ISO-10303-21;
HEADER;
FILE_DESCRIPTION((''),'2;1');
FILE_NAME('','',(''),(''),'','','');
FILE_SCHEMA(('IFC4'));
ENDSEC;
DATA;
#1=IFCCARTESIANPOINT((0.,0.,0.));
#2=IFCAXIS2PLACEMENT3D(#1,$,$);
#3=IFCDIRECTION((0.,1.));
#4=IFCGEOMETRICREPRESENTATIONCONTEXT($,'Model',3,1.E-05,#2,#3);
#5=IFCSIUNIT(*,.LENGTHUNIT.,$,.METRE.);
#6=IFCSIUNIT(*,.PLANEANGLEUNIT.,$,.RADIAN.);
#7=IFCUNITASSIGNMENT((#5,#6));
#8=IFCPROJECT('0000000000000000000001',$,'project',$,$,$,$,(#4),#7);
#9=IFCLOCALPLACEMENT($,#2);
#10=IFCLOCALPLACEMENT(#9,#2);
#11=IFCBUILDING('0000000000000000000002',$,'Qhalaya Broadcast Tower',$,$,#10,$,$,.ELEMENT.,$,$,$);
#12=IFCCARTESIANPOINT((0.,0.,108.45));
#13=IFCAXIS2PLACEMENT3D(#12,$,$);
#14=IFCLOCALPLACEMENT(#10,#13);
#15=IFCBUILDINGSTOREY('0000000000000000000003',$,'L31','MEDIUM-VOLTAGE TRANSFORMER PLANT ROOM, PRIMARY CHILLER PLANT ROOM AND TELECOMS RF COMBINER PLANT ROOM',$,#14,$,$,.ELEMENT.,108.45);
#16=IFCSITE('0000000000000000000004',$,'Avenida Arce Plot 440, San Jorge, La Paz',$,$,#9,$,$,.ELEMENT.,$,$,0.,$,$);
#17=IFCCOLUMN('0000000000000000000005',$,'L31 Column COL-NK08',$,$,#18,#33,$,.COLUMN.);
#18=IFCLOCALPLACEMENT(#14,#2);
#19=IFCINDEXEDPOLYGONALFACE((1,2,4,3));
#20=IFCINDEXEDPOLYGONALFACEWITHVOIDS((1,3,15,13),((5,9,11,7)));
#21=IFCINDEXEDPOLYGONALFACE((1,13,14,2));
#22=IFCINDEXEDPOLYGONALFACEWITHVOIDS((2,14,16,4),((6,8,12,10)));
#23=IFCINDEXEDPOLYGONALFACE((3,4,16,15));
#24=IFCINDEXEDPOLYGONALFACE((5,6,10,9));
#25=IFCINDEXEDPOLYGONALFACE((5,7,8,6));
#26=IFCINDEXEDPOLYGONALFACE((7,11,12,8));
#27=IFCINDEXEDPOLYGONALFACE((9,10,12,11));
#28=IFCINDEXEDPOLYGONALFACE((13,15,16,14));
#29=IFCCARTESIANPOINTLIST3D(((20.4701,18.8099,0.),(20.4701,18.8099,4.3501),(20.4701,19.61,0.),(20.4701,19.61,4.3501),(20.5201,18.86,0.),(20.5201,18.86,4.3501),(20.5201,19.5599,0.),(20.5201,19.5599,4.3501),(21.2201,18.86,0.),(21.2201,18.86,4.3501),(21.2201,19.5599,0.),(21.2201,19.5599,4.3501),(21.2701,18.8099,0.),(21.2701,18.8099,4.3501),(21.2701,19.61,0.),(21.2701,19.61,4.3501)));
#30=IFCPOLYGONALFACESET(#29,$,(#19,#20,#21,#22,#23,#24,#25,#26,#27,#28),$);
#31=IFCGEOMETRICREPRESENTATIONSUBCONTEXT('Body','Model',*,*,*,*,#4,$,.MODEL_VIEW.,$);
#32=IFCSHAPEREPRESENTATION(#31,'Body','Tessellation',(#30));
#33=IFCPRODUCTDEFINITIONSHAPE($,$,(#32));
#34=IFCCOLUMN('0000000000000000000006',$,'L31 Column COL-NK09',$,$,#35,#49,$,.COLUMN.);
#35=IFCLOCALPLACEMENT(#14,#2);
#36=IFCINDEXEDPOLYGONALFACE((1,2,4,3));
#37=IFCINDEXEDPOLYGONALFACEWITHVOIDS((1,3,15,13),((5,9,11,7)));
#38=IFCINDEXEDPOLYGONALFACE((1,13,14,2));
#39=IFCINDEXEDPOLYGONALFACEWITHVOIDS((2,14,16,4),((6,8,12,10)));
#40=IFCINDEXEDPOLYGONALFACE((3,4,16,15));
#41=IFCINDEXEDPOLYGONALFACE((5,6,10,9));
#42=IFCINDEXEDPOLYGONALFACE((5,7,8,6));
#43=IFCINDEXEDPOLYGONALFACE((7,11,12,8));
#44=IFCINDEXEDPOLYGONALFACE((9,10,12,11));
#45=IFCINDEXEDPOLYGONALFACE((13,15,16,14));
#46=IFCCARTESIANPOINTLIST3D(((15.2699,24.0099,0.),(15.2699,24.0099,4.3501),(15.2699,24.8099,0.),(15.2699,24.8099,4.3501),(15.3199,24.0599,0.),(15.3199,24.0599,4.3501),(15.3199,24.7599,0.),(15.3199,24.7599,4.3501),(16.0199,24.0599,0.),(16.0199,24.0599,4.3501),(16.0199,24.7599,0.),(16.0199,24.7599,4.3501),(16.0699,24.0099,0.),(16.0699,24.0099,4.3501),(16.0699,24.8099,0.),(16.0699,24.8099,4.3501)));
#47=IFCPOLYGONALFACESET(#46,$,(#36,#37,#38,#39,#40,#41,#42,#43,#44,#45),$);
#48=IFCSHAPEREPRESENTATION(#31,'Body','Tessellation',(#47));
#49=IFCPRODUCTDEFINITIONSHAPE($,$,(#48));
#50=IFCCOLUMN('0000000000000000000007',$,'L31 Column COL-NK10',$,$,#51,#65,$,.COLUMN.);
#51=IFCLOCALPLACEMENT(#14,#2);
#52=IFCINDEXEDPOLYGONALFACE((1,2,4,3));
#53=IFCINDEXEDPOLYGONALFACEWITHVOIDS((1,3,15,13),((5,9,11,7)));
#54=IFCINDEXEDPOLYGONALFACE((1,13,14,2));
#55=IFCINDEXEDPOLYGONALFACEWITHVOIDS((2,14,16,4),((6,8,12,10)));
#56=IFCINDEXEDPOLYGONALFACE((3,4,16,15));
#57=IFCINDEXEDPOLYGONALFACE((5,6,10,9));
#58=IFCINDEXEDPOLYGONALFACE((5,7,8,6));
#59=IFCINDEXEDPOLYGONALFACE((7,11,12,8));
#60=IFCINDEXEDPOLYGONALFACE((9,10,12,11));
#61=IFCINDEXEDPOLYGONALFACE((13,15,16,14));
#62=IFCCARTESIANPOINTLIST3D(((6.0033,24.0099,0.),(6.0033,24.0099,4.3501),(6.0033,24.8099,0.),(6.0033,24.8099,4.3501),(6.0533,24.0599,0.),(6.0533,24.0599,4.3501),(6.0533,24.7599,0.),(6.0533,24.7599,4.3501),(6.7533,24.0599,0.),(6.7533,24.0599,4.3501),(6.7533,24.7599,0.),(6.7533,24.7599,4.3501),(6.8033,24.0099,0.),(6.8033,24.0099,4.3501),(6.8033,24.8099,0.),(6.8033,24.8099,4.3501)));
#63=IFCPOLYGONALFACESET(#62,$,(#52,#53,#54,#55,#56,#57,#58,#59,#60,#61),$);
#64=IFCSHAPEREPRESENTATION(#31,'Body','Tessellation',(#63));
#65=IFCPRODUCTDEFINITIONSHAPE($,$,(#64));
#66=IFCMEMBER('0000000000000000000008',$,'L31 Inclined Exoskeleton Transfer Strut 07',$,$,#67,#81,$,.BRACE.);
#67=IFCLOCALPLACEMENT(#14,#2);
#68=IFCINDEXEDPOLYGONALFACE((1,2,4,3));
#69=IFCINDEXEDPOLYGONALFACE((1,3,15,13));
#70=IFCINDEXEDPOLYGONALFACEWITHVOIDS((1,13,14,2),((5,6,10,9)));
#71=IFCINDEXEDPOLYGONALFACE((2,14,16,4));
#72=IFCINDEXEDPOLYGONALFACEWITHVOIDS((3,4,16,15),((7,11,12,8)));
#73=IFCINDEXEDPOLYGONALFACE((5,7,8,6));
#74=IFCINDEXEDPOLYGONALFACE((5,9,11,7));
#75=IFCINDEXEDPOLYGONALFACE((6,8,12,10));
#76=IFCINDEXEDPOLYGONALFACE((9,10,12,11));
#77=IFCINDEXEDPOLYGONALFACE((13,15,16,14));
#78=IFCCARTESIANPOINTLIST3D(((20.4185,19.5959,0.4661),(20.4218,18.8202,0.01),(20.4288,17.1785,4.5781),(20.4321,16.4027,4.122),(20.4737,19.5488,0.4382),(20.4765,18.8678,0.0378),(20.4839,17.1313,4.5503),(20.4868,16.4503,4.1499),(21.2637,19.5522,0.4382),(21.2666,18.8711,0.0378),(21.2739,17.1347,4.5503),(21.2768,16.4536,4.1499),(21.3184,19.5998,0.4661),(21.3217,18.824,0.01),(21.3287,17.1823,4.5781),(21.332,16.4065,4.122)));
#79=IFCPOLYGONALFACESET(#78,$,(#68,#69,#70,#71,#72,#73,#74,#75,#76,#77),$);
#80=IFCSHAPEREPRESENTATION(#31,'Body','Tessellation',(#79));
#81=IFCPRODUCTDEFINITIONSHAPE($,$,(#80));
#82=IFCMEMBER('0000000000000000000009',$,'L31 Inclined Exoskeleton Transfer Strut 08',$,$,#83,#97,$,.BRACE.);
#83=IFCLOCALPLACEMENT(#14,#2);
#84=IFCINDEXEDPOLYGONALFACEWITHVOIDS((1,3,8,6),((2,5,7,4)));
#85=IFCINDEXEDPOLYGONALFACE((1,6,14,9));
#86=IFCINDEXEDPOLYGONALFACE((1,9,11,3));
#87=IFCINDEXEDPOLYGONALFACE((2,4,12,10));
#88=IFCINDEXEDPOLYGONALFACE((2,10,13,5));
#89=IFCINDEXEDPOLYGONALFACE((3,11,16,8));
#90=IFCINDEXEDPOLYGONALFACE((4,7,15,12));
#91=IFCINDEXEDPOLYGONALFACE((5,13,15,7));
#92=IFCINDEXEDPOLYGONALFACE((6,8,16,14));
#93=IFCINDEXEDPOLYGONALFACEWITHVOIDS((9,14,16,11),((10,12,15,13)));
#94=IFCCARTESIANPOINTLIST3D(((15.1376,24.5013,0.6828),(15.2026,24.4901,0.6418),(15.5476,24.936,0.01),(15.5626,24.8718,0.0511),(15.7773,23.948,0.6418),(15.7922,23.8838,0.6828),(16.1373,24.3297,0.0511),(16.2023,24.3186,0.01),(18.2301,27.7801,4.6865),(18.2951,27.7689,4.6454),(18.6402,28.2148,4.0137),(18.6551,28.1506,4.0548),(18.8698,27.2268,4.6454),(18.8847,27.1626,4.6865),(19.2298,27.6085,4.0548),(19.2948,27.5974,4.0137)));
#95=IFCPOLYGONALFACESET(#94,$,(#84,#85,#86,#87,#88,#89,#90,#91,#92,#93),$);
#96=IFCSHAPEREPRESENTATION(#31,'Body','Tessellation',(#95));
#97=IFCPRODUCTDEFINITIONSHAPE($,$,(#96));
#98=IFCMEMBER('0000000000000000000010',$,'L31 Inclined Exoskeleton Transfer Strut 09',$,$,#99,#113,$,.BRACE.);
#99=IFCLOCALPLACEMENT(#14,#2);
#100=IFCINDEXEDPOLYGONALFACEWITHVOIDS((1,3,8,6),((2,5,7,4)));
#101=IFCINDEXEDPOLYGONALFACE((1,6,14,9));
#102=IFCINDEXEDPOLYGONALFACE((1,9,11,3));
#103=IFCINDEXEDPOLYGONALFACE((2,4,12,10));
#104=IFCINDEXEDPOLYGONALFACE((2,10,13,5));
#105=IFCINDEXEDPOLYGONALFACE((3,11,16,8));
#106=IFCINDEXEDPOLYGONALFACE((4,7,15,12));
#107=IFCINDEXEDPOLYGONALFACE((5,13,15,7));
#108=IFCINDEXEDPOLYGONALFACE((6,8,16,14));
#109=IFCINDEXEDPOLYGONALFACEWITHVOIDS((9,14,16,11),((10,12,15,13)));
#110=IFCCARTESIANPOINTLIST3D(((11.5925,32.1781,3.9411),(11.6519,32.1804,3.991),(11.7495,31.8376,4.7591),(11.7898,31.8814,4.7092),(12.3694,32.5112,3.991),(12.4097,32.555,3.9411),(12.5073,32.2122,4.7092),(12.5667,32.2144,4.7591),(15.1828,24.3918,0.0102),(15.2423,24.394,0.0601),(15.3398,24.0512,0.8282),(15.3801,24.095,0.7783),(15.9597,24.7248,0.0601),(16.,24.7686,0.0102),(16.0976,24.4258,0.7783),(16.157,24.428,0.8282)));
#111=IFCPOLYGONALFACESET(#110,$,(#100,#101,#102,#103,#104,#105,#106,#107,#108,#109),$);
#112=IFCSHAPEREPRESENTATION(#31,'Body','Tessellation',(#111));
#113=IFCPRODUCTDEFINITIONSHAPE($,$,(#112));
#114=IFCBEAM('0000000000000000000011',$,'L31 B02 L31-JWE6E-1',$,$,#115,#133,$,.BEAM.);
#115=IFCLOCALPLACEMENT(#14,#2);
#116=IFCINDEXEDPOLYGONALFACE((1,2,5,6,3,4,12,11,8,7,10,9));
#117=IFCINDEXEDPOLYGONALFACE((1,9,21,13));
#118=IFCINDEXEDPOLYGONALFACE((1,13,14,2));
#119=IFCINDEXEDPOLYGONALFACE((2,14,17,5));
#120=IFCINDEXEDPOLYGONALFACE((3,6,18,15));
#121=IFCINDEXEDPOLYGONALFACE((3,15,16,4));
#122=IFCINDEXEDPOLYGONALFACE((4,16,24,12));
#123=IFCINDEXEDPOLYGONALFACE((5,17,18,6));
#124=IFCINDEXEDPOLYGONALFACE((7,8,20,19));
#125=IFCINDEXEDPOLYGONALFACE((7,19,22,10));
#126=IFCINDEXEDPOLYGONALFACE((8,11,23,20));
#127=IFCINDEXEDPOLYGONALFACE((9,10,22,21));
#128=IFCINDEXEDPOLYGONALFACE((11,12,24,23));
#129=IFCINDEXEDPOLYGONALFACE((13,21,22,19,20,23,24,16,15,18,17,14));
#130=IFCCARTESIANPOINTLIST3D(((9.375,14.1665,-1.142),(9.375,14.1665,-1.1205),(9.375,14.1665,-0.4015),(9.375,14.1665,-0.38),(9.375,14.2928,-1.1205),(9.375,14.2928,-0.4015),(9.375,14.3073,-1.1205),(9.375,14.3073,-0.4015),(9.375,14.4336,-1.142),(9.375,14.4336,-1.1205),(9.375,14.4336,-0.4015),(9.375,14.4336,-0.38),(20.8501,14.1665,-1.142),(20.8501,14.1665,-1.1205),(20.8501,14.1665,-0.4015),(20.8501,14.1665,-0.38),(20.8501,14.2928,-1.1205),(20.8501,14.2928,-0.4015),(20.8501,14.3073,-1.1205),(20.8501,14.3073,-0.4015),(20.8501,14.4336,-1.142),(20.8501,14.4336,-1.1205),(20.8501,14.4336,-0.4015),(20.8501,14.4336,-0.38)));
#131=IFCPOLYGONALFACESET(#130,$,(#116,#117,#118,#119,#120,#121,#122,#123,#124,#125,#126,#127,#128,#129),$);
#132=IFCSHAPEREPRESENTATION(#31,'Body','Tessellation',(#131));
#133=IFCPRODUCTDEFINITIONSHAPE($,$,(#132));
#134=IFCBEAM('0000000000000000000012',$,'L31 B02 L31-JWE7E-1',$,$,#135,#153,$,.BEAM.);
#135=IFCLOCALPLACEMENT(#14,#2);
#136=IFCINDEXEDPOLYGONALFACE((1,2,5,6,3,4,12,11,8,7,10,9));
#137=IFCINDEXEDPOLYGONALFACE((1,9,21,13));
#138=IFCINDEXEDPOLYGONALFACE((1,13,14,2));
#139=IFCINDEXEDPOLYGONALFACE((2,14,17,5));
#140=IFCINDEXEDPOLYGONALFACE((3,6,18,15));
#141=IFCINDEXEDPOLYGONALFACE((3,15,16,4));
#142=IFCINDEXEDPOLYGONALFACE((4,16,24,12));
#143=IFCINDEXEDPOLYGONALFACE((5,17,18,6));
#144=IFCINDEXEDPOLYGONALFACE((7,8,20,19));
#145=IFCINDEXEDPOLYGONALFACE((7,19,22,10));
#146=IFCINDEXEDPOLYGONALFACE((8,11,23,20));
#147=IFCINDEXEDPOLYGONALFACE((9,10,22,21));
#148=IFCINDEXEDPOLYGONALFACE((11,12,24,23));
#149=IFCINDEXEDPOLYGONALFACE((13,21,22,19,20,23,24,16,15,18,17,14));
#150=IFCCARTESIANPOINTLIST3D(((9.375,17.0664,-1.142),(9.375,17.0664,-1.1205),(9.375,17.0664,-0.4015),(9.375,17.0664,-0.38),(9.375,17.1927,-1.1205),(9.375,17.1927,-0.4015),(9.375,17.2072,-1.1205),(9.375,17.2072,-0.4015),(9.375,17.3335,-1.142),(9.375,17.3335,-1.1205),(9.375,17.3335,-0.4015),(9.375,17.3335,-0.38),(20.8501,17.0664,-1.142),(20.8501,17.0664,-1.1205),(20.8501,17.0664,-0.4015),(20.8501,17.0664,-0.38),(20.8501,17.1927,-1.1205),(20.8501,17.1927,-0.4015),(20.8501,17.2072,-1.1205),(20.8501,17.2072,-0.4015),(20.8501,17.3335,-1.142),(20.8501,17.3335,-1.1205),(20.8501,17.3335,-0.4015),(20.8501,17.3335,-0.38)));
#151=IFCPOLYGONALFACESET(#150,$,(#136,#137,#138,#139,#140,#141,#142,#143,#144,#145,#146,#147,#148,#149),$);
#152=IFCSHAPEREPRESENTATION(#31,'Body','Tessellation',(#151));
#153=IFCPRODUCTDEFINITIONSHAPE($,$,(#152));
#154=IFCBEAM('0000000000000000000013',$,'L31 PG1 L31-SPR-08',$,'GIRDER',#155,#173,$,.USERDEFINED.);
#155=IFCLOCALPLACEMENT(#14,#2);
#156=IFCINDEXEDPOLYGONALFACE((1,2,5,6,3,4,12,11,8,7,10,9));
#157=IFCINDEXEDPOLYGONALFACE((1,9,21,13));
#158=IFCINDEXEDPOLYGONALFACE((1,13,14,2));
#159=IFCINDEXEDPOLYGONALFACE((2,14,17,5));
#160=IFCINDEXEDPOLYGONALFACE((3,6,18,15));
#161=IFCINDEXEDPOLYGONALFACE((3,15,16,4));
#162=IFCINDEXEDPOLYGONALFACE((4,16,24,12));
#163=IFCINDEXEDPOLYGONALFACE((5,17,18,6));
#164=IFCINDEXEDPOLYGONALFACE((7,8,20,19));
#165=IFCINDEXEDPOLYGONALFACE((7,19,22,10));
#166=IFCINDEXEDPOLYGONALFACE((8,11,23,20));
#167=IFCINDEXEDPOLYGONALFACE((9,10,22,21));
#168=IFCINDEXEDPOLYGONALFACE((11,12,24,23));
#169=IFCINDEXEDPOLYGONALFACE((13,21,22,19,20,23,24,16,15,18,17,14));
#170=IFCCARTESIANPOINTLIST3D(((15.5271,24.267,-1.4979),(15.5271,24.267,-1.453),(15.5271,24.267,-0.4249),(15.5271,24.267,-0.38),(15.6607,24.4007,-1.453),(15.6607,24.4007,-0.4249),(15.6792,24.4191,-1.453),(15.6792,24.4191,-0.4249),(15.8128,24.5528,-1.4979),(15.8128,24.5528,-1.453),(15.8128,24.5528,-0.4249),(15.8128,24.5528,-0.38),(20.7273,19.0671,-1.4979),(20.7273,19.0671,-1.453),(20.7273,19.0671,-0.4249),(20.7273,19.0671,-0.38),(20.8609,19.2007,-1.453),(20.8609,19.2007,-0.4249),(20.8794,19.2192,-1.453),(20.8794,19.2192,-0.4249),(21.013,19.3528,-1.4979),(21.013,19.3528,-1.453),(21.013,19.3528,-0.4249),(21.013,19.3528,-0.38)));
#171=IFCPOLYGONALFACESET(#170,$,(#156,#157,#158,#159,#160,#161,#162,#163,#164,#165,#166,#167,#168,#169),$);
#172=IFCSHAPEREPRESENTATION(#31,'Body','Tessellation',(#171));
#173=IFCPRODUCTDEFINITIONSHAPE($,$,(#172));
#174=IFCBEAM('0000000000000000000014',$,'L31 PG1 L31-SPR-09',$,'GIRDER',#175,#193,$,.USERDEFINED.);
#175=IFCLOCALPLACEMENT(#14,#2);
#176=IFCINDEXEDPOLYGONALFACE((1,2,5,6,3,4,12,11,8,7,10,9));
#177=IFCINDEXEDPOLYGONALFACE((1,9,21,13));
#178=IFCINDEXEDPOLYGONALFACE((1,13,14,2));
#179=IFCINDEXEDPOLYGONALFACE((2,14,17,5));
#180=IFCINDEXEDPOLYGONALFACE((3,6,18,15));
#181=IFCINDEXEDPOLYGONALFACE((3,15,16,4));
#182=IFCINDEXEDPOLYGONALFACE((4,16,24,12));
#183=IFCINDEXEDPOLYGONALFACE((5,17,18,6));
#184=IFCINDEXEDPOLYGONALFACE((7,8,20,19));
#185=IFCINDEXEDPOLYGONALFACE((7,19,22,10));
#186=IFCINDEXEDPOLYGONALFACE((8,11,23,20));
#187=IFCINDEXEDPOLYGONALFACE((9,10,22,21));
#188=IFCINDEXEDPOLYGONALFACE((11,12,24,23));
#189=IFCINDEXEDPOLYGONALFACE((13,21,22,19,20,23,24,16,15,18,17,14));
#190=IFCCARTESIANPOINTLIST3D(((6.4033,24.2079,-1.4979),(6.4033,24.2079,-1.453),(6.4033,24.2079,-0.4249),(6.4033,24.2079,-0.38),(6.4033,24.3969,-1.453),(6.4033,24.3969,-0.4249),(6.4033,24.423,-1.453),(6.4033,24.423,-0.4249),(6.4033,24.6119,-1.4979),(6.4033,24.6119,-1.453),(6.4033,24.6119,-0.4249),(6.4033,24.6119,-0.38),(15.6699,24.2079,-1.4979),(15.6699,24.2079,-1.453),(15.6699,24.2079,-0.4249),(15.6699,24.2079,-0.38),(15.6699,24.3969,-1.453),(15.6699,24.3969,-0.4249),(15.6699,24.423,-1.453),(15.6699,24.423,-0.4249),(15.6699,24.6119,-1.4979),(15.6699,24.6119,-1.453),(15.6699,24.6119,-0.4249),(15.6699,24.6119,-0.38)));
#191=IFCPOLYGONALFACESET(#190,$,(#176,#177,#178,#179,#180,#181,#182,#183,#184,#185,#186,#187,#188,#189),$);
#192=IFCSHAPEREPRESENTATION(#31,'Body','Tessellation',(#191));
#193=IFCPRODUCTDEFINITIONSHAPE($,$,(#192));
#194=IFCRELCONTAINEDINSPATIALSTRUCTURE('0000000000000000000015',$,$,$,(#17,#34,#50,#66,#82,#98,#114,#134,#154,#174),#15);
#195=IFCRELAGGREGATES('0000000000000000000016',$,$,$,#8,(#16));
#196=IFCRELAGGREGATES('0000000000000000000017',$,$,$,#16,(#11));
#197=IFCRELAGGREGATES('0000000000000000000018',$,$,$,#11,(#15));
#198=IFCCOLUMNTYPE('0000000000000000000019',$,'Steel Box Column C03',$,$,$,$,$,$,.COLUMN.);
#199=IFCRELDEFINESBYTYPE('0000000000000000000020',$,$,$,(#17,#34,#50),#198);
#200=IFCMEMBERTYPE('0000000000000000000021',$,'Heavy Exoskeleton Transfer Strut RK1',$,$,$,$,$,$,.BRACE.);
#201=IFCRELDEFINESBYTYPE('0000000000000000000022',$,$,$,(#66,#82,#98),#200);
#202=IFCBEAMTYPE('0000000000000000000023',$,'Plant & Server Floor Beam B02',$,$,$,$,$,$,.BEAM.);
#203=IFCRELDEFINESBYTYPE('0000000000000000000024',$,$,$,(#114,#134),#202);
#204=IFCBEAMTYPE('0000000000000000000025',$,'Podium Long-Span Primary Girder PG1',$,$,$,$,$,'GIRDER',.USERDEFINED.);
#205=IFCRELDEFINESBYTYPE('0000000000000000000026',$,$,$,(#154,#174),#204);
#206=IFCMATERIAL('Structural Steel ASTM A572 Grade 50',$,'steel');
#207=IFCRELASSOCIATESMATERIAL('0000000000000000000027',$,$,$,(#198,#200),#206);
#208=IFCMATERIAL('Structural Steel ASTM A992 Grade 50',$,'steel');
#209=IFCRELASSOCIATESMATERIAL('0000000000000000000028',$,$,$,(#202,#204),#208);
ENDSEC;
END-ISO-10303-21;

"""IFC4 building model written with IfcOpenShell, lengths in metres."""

from ifc_helpers import new_model, si_unit, direction, frame, origin, origin_2d, place, context, subcontext, project, spatial, hollow_rectangle, i_section, extrude, material, material_profile, profile_set, type_object, element, save


model = new_model("IFC4")

# Units and contexts
model_context = context("Model", 3, precision=1e-05, world=origin(), true_north=direction((0.0, 1.0)))
body_context = subcontext(model_context, "Body", "Model", "MODEL_VIEW")
ifc_project = project(units=[si_unit("LENGTHUNIT", "METRE"), si_unit("PLANEANGLEUNIT", "RADIAN")], contexts=[model_context])

# Site, building, storey
site_placement = place(None, origin())
site = spatial("IfcSite", under=ifc_project, at=site_placement, Name="Avenida Arce Plot 440, San Jorge, La Paz", CompositionType="ELEMENT", RefElevation=0.0)
building_placement = place(site_placement, origin())
building = spatial("IfcBuilding", under=site, at=building_placement, Name="Qhalaya Broadcast Tower", CompositionType="ELEMENT")
storey_placement = place(building_placement, frame((0.0, 0.0, 108.45)))
storey = spatial("IfcBuildingStorey", under=building, at=storey_placement, Name="L31", Description="MEDIUM-VOLTAGE TRANSFORMER PLANT ROOM, PRIMARY CHILLER PLANT ROOM AND TELECOMS RF COMBINER PLANT ROOM", CompositionType="ELEMENT", Elevation=108.45)

# Columns
ifc_material_1 = material(Name="Structural Steel ASTM A572 Grade 50", Category="steel")
ifc_material_profile_1 = material_profile(ifc_material_1, hollow_rectangle(XDim=0.8, YDim=0.8, WallThickness=0.05, at=origin_2d()), Name="BOX 800x800x50")
ifc_profile_set_1 = profile_set([ifc_material_profile_1], Name="Structural Steel ASTM A572 Grade 50")
column_type = type_object("IfcColumnType", Name="Steel Box Column C03", PredefinedType="COLUMN", material=ifc_profile_set_1)
for number, where, z_axis, x_axis, name in (
    (1, (20.8701, 19.21, 0.0), (0.0, 0.0, 1.0), (0.0, 1.0, 0.0), "L31 Column COL-NK08"),
    (2, (15.6699, 24.4099, 0.0), (0.0, 0.0, 1.0), (1.0, 0.0, 0.0), "L31 Column COL-NK09"),
    (3, (6.4033, 24.4099, 0.0), (0.0, 0.0, 1.0), (1.0, 0.0, 0.0), "L31 Column COL-NK10"),
):
    element("IfcColumn", number, at=place(storey_placement, frame(where, z_axis=z_axis, x_axis=x_axis)), inside=storey, type_object=column_type, Name=name, PredefinedType="COLUMN", context=body_context, shape_type="SweptSolid", body=[
        extrude(hollow_rectangle(XDim=0.8, YDim=0.8, WallThickness=0.05, at=origin_2d()), origin(), (0.0, 0.0, 1.0), 4.3501),
    ])

# Members
ifc_material_profile_2 = material_profile(ifc_material_1, hollow_rectangle(XDim=0.8999, YDim=0.8999, WallThickness=0.0549, at=origin_2d()), Name="BOX 900x900x55")
ifc_profile_set_2 = profile_set([ifc_material_profile_2], Name="Structural Steel ASTM A572 Grade 50")
member_type = type_object("IfcMemberType", Name="Heavy Exoskeleton Transfer Strut RK1", PredefinedType="BRACE", material=ifc_profile_set_2)
member_1_placement = place(storey_placement, frame((20.8701, 19.21, 0.238), z_axis=(0.00215, -0.506804, 0.862059), x_axis=(0.999991, 0.004242, 0.0)))
element("IfcMember", 4, at=member_1_placement, inside=storey, type_object=member_type, Name="L31 Inclined Exoskeleton Transfer Strut 07", PredefinedType="BRACE", context=body_context, shape_type="SweptSolid", body=[
    extrude(hollow_rectangle(XDim=0.8999, YDim=0.8999, WallThickness=0.0549, at=origin_2d()), origin(), (0.0, 0.0, 1.0), 4.77),
])
member_2_placement = place(storey_placement, frame((15.6699, 24.4099, 0.3464), z_axis=(0.512979, 0.543879, 0.664115), x_axis=(-0.72747, 0.68614, 0.0)))
element("IfcMember", 5, at=member_2_placement, inside=storey, type_object=member_type, Name="L31 Inclined Exoskeleton Transfer Strut 08", PredefinedType="BRACE", context=body_context, shape_type="SweptSolid", body=[
    extrude(hollow_rectangle(XDim=0.8999, YDim=0.8999, WallThickness=0.0549, at=origin_2d()), origin(), (0.0, 0.0, 1.0), 6.0286),
])
member_3_placement = place(storey_placement, frame((15.6699, 24.4099, 0.4192), z_axis=(-0.380638, 0.825493, 0.416745), x_axis=(-0.908109, -0.418733, 0.0)))
element("IfcMember", 6, at=member_3_placement, inside=storey, type_object=member_type, Name="L31 Inclined Exoskeleton Transfer Strut 09", PredefinedType="BRACE", context=body_context, shape_type="SweptSolid", body=[
    extrude(hollow_rectangle(XDim=0.8999, YDim=0.8999, WallThickness=0.0549, at=origin_2d()), origin(), (0.0, 0.0, 1.0), 9.4324),
])

# Beams
ifc_material_2 = material(Name="Structural Steel ASTM A992 Grade 50", Category="steel")
ifc_material_profile_3 = material_profile(ifc_material_2, i_section(OverallWidth=0.2671, OverallDepth=0.762, WebThickness=0.0144, FlangeThickness=0.0215, at=origin_2d()), Name="W30X116")
ifc_profile_set_3 = profile_set([ifc_material_profile_3], Name="Structural Steel ASTM A992 Grade 50")
beam_type_1 = type_object("IfcBeamType", Name="Plant & Server Floor Beam B02", PredefinedType="BEAM", material=ifc_profile_set_3)
for number, where, z_axis, x_axis, name in (
    (7, (9.375, 14.3, -0.761), (1.0, 0.0, 0.0), (0.0, 1.0, 0.0), "L31 B02 L31-JWE6E-1"),
    (8, (9.375, 17.2, -0.761), (1.0, 0.0, 0.0), (0.0, 1.0, 0.0), "L31 B02 L31-JWE7E-1"),
):
    element("IfcBeam", number, at=place(storey_placement, frame(where, z_axis=z_axis, x_axis=x_axis)), inside=storey, type_object=beam_type_1, Name=name, PredefinedType="BEAM", context=body_context, shape_type="SweptSolid", body=[
        extrude(i_section(OverallWidth=0.2671, OverallDepth=0.762, WebThickness=0.0144, FlangeThickness=0.0215, at=origin_2d()), origin(), (0.0, 0.0, 1.0), 11.4751),
    ])
ifc_material_profile_4 = material_profile(ifc_material_2, i_section(OverallWidth=0.4041, OverallDepth=1.1179, WebThickness=0.0261, FlangeThickness=0.0449, at=origin_2d()), Name="W44X335")
ifc_profile_set_4 = profile_set([ifc_material_profile_4], Name="Structural Steel ASTM A992 Grade 50")
beam_type_2 = type_object("IfcBeamType", Name="Podium Long-Span Primary Girder PG1", ElementType="GIRDER", PredefinedType="USERDEFINED", material=ifc_profile_set_4)
beam_placement = place(storey_placement, frame((20.8701, 19.21, -0.939), z_axis=(-0.707123, 0.70709, 0.0), x_axis=(-0.70709, -0.707123, 0.0)))
element("IfcBeam", 9, at=beam_placement, inside=storey, type_object=beam_type_2, Name="L31 PG1 L31-SPR-08", ObjectType="GIRDER", PredefinedType="USERDEFINED", context=body_context, shape_type="SweptSolid", body=[
    extrude(i_section(OverallWidth=0.4041, OverallDepth=1.1179, WebThickness=0.0261, FlangeThickness=0.0449, at=origin_2d()), origin(), (0.0, 0.0, 1.0), 7.354),
])
for number, where, z_axis, x_axis, name in (
    (10, (15.6699, 24.4099, -0.939), (-1.0, 0.0, 0.0), (0.0, -1.0, 0.0), "L31 PG1 L31-SPR-09"),
):
    element("IfcBeam", number, at=place(storey_placement, frame(where, z_axis=z_axis, x_axis=x_axis)), inside=storey, type_object=beam_type_2, Name=name, ObjectType="GIRDER", PredefinedType="USERDEFINED", context=body_context, shape_type="SweptSolid", body=[
        extrude(i_section(OverallWidth=0.4041, OverallDepth=1.1179, WebThickness=0.0261, FlangeThickness=0.0449, at=origin_2d()), origin(), (0.0, 0.0, 1.0), 9.2666),
    ])

save(model, "model.ifc")
